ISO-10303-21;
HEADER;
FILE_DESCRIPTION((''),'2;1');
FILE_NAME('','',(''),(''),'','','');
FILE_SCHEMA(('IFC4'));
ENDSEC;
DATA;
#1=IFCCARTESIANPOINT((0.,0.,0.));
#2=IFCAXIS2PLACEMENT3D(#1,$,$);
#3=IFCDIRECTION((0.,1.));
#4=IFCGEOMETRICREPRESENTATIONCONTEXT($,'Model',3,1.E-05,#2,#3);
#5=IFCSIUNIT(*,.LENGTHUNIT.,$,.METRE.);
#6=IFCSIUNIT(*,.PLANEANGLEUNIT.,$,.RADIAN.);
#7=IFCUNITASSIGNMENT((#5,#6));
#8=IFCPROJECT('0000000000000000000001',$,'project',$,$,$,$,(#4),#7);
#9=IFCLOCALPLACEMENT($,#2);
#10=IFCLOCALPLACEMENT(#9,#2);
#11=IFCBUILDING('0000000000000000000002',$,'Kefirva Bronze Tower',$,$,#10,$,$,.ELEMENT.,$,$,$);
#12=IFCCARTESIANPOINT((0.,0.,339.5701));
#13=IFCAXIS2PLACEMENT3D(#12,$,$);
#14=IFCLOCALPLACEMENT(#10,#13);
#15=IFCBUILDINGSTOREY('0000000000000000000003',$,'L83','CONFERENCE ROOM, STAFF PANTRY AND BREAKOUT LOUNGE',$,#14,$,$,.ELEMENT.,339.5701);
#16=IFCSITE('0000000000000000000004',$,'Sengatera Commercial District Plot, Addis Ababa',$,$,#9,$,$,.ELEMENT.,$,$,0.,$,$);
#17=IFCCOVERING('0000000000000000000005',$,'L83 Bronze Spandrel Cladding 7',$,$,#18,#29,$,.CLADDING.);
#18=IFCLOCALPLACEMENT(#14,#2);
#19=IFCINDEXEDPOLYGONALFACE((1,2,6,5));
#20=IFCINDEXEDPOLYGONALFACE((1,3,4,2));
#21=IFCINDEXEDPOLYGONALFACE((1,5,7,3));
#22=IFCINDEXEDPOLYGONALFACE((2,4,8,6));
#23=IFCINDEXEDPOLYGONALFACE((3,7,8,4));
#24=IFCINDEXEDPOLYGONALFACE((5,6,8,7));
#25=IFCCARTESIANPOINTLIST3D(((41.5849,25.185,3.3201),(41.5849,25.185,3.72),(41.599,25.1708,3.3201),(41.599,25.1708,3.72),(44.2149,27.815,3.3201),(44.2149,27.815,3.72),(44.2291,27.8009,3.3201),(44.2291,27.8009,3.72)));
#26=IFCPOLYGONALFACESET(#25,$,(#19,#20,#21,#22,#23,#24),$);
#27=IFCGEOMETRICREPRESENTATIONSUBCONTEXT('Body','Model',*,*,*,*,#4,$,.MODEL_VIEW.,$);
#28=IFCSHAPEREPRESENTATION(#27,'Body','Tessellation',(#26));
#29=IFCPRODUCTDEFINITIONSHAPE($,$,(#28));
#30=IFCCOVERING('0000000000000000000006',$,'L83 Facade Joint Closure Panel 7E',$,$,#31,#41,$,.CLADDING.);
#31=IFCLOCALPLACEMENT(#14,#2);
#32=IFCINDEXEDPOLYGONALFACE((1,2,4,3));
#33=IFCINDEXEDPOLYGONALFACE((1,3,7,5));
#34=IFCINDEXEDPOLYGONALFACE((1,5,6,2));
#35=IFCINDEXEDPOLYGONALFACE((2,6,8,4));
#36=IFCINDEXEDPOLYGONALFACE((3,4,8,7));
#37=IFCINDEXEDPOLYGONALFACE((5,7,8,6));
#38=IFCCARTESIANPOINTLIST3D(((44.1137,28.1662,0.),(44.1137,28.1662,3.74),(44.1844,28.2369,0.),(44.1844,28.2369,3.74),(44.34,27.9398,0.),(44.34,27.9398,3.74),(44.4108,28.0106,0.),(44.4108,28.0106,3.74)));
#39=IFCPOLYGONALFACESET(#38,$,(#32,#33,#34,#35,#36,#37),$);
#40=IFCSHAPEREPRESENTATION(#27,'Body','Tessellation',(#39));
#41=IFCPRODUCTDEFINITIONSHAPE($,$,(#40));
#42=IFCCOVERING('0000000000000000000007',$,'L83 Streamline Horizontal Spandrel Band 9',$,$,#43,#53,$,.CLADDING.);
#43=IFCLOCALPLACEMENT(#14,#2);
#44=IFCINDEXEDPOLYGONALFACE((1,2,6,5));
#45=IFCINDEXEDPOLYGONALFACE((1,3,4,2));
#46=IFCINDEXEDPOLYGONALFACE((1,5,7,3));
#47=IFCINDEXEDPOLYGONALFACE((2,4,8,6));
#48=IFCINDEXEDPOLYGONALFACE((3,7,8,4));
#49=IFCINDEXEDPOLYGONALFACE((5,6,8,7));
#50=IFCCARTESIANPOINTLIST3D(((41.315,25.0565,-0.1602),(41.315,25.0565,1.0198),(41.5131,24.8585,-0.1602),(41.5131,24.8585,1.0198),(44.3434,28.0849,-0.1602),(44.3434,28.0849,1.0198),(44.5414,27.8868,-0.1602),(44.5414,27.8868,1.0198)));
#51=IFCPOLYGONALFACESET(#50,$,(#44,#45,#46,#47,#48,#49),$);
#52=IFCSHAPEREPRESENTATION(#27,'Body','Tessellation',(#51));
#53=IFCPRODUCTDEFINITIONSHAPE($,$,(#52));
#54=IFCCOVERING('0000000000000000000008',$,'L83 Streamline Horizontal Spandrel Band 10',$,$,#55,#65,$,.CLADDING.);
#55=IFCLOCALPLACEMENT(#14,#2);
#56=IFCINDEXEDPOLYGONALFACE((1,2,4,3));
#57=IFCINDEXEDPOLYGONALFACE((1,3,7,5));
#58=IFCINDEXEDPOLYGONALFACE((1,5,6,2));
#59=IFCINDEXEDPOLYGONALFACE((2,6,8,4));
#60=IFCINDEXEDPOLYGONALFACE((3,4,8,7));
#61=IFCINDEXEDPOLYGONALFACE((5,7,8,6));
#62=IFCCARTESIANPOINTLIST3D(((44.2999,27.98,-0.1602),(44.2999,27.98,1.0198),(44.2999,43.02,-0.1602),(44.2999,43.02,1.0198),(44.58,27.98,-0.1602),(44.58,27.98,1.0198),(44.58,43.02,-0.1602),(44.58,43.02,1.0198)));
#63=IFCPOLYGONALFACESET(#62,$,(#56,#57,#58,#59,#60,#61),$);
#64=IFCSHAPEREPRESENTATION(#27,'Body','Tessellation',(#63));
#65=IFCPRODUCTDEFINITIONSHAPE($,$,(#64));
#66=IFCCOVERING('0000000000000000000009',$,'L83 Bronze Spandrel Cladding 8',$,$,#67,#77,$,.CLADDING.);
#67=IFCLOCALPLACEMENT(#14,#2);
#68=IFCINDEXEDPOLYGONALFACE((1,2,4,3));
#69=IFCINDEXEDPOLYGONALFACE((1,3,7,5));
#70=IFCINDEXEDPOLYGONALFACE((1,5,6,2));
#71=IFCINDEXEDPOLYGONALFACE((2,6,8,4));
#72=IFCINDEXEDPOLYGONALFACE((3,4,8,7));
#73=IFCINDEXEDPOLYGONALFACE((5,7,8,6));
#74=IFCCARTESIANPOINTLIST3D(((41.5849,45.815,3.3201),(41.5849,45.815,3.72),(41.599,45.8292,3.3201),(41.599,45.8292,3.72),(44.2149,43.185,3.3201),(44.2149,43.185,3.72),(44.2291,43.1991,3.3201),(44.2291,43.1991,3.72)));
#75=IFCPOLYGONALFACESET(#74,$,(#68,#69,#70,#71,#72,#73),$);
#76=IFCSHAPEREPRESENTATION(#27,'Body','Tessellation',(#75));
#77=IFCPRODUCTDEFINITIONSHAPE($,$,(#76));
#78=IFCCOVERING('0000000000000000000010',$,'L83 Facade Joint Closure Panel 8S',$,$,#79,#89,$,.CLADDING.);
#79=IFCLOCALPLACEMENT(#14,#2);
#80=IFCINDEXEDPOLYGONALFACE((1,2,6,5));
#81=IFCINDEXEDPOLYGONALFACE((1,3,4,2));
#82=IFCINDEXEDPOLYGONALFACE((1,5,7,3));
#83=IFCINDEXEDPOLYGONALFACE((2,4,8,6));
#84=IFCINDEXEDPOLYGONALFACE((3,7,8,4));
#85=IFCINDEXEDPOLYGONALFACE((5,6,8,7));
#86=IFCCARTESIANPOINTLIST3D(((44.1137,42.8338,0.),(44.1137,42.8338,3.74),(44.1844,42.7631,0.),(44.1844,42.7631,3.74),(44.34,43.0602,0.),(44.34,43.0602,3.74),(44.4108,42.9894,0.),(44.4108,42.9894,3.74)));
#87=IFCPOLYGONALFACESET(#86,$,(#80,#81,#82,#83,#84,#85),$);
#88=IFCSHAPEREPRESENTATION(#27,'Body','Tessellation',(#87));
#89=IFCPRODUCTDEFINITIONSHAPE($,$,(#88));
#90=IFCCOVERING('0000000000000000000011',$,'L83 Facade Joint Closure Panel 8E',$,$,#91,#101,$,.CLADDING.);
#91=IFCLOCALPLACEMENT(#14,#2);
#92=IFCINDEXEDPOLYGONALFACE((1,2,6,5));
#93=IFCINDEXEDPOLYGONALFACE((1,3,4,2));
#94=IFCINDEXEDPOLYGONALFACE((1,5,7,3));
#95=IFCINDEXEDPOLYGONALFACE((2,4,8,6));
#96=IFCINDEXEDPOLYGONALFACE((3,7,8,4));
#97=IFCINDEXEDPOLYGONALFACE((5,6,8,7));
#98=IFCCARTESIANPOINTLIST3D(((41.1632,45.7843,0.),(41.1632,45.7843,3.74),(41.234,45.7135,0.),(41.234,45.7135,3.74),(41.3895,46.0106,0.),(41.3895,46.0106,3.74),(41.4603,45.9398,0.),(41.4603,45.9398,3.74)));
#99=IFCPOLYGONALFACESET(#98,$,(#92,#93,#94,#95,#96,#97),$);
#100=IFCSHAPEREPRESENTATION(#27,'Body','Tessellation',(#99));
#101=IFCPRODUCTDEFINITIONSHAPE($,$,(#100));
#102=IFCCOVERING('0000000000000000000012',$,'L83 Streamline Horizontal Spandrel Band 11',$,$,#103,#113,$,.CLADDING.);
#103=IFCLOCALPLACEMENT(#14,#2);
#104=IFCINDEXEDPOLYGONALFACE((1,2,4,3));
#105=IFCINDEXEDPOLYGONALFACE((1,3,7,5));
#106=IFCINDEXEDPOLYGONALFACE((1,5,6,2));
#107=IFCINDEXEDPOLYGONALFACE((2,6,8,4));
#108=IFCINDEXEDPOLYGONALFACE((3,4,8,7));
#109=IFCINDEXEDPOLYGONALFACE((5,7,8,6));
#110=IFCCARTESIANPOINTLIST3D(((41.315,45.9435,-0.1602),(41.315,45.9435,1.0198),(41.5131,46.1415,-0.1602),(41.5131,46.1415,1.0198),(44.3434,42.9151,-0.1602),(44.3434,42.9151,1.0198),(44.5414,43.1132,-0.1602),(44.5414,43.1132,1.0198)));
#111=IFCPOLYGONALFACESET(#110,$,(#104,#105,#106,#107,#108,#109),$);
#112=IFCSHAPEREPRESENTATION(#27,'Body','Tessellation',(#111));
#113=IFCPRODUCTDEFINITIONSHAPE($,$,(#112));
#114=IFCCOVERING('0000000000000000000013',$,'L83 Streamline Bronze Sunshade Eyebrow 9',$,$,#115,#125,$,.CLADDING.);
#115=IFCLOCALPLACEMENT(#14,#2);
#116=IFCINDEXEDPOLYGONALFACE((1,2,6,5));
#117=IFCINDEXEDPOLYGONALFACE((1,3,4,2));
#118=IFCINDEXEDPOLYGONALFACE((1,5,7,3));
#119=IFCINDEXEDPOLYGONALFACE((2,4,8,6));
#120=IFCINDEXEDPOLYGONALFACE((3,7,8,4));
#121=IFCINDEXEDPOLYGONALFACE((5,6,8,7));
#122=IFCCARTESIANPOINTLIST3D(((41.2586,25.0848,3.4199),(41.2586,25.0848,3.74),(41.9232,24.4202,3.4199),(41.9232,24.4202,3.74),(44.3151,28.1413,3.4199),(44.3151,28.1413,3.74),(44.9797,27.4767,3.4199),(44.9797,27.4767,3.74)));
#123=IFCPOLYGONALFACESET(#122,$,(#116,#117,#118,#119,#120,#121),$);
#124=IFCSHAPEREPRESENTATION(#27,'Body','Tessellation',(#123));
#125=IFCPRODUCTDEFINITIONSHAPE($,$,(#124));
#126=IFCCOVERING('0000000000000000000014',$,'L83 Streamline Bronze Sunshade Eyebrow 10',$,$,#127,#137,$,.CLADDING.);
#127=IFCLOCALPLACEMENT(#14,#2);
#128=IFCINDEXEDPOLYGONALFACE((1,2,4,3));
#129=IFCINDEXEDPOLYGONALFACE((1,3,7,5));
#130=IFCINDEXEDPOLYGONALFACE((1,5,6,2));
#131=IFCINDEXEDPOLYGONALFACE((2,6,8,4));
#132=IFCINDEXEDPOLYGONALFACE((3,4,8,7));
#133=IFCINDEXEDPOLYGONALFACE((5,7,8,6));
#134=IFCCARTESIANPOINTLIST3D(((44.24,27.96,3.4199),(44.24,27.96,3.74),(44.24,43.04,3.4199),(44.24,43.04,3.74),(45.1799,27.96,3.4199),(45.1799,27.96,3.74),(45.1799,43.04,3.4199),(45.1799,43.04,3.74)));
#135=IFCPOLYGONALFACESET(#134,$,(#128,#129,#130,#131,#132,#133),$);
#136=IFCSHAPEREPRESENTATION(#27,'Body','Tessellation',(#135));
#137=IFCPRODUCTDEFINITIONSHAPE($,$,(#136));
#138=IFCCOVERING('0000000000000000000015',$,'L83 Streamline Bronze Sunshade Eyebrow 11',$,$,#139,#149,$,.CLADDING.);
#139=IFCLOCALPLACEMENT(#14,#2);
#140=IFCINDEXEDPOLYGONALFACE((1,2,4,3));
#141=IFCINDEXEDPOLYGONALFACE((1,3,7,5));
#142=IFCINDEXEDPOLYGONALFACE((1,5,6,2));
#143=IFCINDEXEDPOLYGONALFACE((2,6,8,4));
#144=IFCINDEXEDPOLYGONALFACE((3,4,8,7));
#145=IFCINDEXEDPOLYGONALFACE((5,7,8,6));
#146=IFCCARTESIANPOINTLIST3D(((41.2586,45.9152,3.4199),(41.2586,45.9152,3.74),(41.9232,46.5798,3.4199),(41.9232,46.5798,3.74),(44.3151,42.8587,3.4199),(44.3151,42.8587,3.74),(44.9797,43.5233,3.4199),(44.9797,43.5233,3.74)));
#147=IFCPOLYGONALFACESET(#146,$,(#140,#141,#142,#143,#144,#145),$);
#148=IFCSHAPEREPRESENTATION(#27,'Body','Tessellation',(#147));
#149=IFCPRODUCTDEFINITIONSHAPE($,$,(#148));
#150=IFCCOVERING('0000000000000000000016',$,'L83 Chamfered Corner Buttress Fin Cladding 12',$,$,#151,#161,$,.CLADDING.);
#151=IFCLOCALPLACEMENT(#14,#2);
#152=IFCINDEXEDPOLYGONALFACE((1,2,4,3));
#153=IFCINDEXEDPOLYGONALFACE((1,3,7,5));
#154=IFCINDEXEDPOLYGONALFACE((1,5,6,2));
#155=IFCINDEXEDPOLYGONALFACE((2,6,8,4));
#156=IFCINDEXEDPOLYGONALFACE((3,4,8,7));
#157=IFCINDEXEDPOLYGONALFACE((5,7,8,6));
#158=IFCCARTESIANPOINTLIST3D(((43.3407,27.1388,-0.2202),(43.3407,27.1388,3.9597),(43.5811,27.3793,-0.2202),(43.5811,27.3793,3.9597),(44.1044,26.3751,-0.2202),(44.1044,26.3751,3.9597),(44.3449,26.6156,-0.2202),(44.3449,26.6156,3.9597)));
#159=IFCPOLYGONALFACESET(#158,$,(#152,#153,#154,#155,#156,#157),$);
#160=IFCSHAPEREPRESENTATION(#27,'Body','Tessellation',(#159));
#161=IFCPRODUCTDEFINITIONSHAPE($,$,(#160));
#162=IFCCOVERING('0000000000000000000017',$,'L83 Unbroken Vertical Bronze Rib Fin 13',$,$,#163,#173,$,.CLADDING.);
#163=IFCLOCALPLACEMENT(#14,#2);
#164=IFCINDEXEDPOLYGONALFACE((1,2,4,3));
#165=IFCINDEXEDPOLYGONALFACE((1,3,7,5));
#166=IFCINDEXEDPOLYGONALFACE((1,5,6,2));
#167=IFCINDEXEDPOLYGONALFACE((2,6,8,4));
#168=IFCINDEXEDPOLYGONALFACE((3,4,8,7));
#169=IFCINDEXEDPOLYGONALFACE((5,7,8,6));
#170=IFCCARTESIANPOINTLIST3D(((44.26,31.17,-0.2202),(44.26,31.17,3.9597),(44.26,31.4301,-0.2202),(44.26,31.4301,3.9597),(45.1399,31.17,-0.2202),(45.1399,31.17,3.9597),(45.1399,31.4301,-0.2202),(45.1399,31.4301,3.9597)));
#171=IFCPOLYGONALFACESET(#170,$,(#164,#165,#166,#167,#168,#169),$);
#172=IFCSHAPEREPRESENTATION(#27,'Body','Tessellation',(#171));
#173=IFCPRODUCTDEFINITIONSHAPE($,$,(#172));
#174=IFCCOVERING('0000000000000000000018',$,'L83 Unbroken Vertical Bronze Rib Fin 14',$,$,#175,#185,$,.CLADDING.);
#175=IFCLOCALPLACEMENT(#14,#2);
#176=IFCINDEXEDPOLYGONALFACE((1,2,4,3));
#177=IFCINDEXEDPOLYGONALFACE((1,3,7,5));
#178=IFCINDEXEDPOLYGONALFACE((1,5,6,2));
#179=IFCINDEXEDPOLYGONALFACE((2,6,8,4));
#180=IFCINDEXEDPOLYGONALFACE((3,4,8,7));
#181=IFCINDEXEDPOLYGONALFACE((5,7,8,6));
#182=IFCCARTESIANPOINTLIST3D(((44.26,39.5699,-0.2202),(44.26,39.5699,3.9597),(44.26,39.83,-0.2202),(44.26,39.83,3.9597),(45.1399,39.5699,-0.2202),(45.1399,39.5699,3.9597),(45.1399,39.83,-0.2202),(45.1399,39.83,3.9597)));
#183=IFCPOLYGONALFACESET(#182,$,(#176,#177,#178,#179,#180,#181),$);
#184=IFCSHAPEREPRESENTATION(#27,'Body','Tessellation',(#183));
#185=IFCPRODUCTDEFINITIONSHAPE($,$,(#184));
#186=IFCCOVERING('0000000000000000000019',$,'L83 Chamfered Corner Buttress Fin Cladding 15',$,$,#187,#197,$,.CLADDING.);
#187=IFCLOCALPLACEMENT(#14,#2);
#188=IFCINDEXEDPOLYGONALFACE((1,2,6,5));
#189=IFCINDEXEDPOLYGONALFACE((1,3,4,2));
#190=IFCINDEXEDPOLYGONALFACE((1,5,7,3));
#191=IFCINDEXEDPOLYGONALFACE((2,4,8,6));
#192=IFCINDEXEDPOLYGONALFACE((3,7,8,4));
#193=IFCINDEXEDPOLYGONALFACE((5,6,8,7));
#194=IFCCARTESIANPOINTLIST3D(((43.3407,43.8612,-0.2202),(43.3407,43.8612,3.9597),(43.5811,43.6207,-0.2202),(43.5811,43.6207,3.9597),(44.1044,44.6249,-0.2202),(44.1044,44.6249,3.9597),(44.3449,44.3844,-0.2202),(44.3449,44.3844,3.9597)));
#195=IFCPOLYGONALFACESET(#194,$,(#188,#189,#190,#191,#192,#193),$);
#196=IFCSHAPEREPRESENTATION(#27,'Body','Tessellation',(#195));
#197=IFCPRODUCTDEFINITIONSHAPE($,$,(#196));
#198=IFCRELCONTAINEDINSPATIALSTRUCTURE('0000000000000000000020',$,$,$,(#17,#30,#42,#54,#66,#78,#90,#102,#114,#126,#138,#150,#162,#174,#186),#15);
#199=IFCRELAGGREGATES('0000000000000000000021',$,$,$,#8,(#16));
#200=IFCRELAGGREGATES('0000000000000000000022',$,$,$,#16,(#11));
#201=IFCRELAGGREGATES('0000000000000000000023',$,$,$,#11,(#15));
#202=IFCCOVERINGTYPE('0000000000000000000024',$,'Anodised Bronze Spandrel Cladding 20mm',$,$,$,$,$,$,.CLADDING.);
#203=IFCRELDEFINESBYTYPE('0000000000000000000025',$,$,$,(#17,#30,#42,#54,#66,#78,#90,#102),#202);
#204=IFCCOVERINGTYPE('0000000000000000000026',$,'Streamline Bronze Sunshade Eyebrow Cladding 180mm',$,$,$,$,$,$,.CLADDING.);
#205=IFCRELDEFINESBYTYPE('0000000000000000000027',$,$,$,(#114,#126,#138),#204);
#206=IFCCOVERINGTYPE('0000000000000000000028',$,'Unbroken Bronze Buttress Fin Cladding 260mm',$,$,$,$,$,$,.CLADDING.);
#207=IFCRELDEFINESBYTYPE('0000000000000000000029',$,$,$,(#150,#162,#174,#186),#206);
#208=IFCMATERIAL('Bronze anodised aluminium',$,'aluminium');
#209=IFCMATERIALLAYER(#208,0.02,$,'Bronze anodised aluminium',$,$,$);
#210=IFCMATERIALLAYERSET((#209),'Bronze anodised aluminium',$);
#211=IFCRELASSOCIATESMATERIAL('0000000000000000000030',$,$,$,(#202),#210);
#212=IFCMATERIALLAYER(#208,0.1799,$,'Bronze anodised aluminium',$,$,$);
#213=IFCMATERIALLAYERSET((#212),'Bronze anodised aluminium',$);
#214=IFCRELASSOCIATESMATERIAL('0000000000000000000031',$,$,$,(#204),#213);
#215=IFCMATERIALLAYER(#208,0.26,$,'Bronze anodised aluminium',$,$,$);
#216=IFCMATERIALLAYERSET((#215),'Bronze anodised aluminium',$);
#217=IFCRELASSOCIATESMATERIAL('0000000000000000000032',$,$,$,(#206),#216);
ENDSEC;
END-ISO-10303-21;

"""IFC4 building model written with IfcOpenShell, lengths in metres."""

from ifc_helpers import new_model, si_unit, direction, frame, origin, origin_2d, place, context, subcontext, project, spatial, rectangle, extrude, material, layer, layer_set, type_object, element, save


model = new_model("IFC4")

# Units and contexts
model_context = context("Model", 3, precision=1e-05, world=origin(), true_north=direction((0.0, 1.0)))
body_context = subcontext(model_context, "Body", "Model", "MODEL_VIEW")
ifc_project = project(units=[si_unit("LENGTHUNIT", "METRE"), si_unit("PLANEANGLEUNIT", "RADIAN")], contexts=[model_context])

# Site, building, storey
site_placement = place(None, origin())
site = spatial("IfcSite", under=ifc_project, at=site_placement, Name="Sengatera Commercial District Plot, Addis Ababa", CompositionType="ELEMENT", RefElevation=0.0)
building_placement = place(site_placement, origin())
building = spatial("IfcBuilding", under=site, at=building_placement, Name="Kefirva Bronze Tower", CompositionType="ELEMENT")
storey_placement = place(building_placement, frame((0.0, 0.0, 339.5701)))
storey = spatial("IfcBuildingStorey", under=building, at=storey_placement, Name="L83", Description="CONFERENCE ROOM, STAFF PANTRY AND BREAKOUT LOUNGE", CompositionType="ELEMENT", Elevation=339.5701)

# Shared definitions
ifc_material_1 = material(Name="Bronze anodised aluminium", Category="aluminium")

# Coverings
ifc_layer_1 = layer(ifc_material_1, 0.02, Name="Bronze anodised aluminium")
ifc_layer_set_1 = layer_set([ifc_layer_1], Name="Bronze anodised aluminium")
covering_type_1 = type_object("IfcCoveringType", Name="Anodised Bronze Spandrel Cladding 20mm", PredefinedType="CLADDING", material=ifc_layer_set_1)
covering_1_placement = place(storey_placement, frame((42.907, 26.4929, 3.3201), z_axis=(0.0, 0.0, 1.0), x_axis=(0.707107, 0.707107, 0.0)))
element("IfcCovering", 1, at=covering_1_placement, inside=storey, type_object=covering_type_1, Name="L83 Bronze Spandrel Cladding 7", PredefinedType="CLADDING", context=body_context, shape_type="SweptSolid", body=[
    extrude(rectangle(XDim=3.7195, YDim=0.02, at=origin_2d()), origin(), (0.0, 0.0, 1.0), 0.3999),
])
covering_2_placement = place(storey_placement, frame((44.2622, 28.0884, 0.0), z_axis=(0.0, 0.0, 1.0), x_axis=(0.707107, 0.707107, 0.0)))
element("IfcCovering", 2, at=covering_2_placement, inside=storey, type_object=covering_type_1, Name="L83 Facade Joint Closure Panel 7E", PredefinedType="CLADDING", context=body_context, shape_type="SweptSolid", body=[
    extrude(rectangle(XDim=0.1001, YDim=0.3201, at=origin_2d()), origin(), (0.0, 0.0, 1.0), 3.74),
])
covering_3_placement = place(storey_placement, frame((42.9282, 26.4717, -0.1602), z_axis=(0.0, 0.0, 1.0), x_axis=(0.707107, 0.707107, 0.0)))
element("IfcCovering", 3, at=covering_3_placement, inside=storey, type_object=covering_type_1, Name="L83 Streamline Horizontal Spandrel Band 9", PredefinedType="CLADDING", context=body_context, shape_type="SweptSolid", body=[
    extrude(rectangle(XDim=4.2827, YDim=0.28, at=origin_2d()), origin(), (0.0, 0.0, 1.0), 1.1799),
])
covering_4_placement = place(storey_placement, frame((44.4399, 35.5, -0.1602), z_axis=(0.0, 0.0, 1.0), x_axis=(0.0, 1.0, 0.0)))
element("IfcCovering", 4, at=covering_4_placement, inside=storey, type_object=covering_type_1, Name="L83 Streamline Horizontal Spandrel Band 10", PredefinedType="CLADDING", context=body_context, shape_type="SweptSolid", body=[
    extrude(rectangle(XDim=15.04, YDim=0.28, at=origin_2d()), origin(), (0.0, 0.0, 1.0), 1.1799),
])
covering_5_placement = place(storey_placement, frame((42.907, 44.5071, 3.3201), z_axis=(0.0, 0.0, 1.0), x_axis=(-0.707107, 0.707107, 0.0)))
element("IfcCovering", 5, at=covering_5_placement, inside=storey, type_object=covering_type_1, Name="L83 Bronze Spandrel Cladding 8", PredefinedType="CLADDING", context=body_context, shape_type="SweptSolid", body=[
    extrude(rectangle(XDim=3.7195, YDim=0.02, at=origin_2d()), origin(), (0.0, 0.0, 1.0), 0.3999),
])
for number, where, z_axis, x_axis, name in (
    (6, (44.2622, 42.9116, 0.0), (0.0, 0.0, 1.0), (-0.707107, 0.707107, 0.0), "L83 Facade Joint Closure Panel 8S"),
    (7, (41.3118, 45.8621, 0.0), (0.0, 0.0, 1.0), (-0.707107, 0.707107, 0.0), "L83 Facade Joint Closure Panel 8E"),
):
    element("IfcCovering", number, at=place(storey_placement, frame(where, z_axis=z_axis, x_axis=x_axis)), inside=storey, type_object=covering_type_1, Name=name, PredefinedType="CLADDING", context=body_context, shape_type="SweptSolid", body=[
        extrude(rectangle(XDim=0.1001, YDim=0.3201, at=origin_2d()), origin(), (0.0, 0.0, 1.0), 3.74),
    ])
covering_6_placement = place(storey_placement, frame((42.9282, 44.5283, -0.1602), z_axis=(0.0, 0.0, 1.0), x_axis=(-0.707107, 0.707107, 0.0)))
element("IfcCovering", 8, at=covering_6_placement, inside=storey, type_object=covering_type_1, Name="L83 Streamline Horizontal Spandrel Band 11", PredefinedType="CLADDING", context=body_context, shape_type="SweptSolid", body=[
    extrude(rectangle(XDim=4.2827, YDim=0.28, at=origin_2d()), origin(), (0.0, 0.0, 1.0), 1.1799),
])
ifc_layer_2 = layer(ifc_material_1, 0.1799, Name="Bronze anodised aluminium")
ifc_layer_set_2 = layer_set([ifc_layer_2], Name="Bronze anodised aluminium")
covering_type_2 = type_object("IfcCoveringType", Name="Streamline Bronze Sunshade Eyebrow Cladding 180mm", PredefinedType="CLADDING", material=ifc_layer_set_2)
covering_7_placement = place(storey_placement, frame((43.1191, 26.2808, 3.4199), z_axis=(0.0, 0.0, 1.0), x_axis=(0.707107, 0.707107, 0.0)))
element("IfcCovering", 9, at=covering_7_placement, inside=storey, type_object=covering_type_2, Name="L83 Streamline Bronze Sunshade Eyebrow 9", PredefinedType="CLADDING", context=body_context, shape_type="SweptSolid", body=[
    extrude(rectangle(XDim=4.3225, YDim=0.9399, at=origin_2d()), origin(), (0.0, 0.0, 1.0), 0.3201),
])
covering_8_placement = place(storey_placement, frame((44.71, 35.5, 3.4199), z_axis=(0.0, 0.0, 1.0), x_axis=(0.0, 1.0, 0.0)))
element("IfcCovering", 10, at=covering_8_placement, inside=storey, type_object=covering_type_2, Name="L83 Streamline Bronze Sunshade Eyebrow 10", PredefinedType="CLADDING", context=body_context, shape_type="SweptSolid", body=[
    extrude(rectangle(XDim=15.0801, YDim=0.9399, at=origin_2d()), origin(), (0.0, 0.0, 1.0), 0.3201),
])
covering_9_placement = place(storey_placement, frame((43.1191, 44.7192, 3.4199), z_axis=(0.0, 0.0, 1.0), x_axis=(-0.707107, 0.707107, 0.0)))
element("IfcCovering", 11, at=covering_9_placement, inside=storey, type_object=covering_type_2, Name="L83 Streamline Bronze Sunshade Eyebrow 11", PredefinedType="CLADDING", context=body_context, shape_type="SweptSolid", body=[
    extrude(rectangle(XDim=4.3225, YDim=0.9399, at=origin_2d()), origin(), (0.0, 0.0, 1.0), 0.3201),
])
ifc_layer_3 = layer(ifc_material_1, 0.26, Name="Bronze anodised aluminium")
ifc_layer_set_3 = layer_set([ifc_layer_3], Name="Bronze anodised aluminium")
covering_type_3 = type_object("IfcCoveringType", Name="Unbroken Bronze Buttress Fin Cladding 260mm", PredefinedType="CLADDING", material=ifc_layer_set_3)
covering_10_placement = place(storey_placement, frame((43.8428, 26.8772, -0.2202), z_axis=(0.0, 0.0, 1.0), x_axis=(0.707107, 0.707107, 0.0)))
element("IfcCovering", 12, at=covering_10_placement, inside=storey, type_object=covering_type_3, Name="L83 Chamfered Corner Buttress Fin Cladding 12", PredefinedType="CLADDING", context=body_context, shape_type="SweptSolid", body=[
    extrude(rectangle(XDim=0.3401, YDim=1.0801, at=origin_2d()), origin(), (0.0, 0.0, 1.0), 4.1799),
])
for number, where, z_axis, x_axis, name in (
    (13, (44.7, 31.3, -0.2202), (0.0, 0.0, 1.0), (0.0, 1.0, 0.0), "L83 Unbroken Vertical Bronze Rib Fin 13"),
    (14, (44.7, 39.7, -0.2202), (0.0, 0.0, 1.0), (0.0, 1.0, 0.0), "L83 Unbroken Vertical Bronze Rib Fin 14"),
):
    element("IfcCovering", number, at=place(storey_placement, frame(where, z_axis=z_axis, x_axis=x_axis)), inside=storey, type_object=covering_type_3, Name=name, PredefinedType="CLADDING", context=body_context, shape_type="SweptSolid", body=[
        extrude(rectangle(XDim=0.26, YDim=0.8799, at=origin_2d()), origin(), (0.0, 0.0, 1.0), 4.1799),
    ])
for number, where, z_axis, x_axis, name in (
    (15, (43.8428, 44.1228, -0.2202), (0.0, 0.0, 1.0), (-0.707107, 0.707107, 0.0), "L83 Chamfered Corner Buttress Fin Cladding 15"),
):
    element("IfcCovering", number, at=place(storey_placement, frame(where, z_axis=z_axis, x_axis=x_axis)), inside=storey, type_object=covering_type_3, Name=name, PredefinedType="CLADDING", context=body_context, shape_type="SweptSolid", body=[
        extrude(rectangle(XDim=0.3401, YDim=1.0801, at=origin_2d()), origin(), (0.0, 0.0, 1.0), 4.1799),
    ])

save(model, "model.ifc")
